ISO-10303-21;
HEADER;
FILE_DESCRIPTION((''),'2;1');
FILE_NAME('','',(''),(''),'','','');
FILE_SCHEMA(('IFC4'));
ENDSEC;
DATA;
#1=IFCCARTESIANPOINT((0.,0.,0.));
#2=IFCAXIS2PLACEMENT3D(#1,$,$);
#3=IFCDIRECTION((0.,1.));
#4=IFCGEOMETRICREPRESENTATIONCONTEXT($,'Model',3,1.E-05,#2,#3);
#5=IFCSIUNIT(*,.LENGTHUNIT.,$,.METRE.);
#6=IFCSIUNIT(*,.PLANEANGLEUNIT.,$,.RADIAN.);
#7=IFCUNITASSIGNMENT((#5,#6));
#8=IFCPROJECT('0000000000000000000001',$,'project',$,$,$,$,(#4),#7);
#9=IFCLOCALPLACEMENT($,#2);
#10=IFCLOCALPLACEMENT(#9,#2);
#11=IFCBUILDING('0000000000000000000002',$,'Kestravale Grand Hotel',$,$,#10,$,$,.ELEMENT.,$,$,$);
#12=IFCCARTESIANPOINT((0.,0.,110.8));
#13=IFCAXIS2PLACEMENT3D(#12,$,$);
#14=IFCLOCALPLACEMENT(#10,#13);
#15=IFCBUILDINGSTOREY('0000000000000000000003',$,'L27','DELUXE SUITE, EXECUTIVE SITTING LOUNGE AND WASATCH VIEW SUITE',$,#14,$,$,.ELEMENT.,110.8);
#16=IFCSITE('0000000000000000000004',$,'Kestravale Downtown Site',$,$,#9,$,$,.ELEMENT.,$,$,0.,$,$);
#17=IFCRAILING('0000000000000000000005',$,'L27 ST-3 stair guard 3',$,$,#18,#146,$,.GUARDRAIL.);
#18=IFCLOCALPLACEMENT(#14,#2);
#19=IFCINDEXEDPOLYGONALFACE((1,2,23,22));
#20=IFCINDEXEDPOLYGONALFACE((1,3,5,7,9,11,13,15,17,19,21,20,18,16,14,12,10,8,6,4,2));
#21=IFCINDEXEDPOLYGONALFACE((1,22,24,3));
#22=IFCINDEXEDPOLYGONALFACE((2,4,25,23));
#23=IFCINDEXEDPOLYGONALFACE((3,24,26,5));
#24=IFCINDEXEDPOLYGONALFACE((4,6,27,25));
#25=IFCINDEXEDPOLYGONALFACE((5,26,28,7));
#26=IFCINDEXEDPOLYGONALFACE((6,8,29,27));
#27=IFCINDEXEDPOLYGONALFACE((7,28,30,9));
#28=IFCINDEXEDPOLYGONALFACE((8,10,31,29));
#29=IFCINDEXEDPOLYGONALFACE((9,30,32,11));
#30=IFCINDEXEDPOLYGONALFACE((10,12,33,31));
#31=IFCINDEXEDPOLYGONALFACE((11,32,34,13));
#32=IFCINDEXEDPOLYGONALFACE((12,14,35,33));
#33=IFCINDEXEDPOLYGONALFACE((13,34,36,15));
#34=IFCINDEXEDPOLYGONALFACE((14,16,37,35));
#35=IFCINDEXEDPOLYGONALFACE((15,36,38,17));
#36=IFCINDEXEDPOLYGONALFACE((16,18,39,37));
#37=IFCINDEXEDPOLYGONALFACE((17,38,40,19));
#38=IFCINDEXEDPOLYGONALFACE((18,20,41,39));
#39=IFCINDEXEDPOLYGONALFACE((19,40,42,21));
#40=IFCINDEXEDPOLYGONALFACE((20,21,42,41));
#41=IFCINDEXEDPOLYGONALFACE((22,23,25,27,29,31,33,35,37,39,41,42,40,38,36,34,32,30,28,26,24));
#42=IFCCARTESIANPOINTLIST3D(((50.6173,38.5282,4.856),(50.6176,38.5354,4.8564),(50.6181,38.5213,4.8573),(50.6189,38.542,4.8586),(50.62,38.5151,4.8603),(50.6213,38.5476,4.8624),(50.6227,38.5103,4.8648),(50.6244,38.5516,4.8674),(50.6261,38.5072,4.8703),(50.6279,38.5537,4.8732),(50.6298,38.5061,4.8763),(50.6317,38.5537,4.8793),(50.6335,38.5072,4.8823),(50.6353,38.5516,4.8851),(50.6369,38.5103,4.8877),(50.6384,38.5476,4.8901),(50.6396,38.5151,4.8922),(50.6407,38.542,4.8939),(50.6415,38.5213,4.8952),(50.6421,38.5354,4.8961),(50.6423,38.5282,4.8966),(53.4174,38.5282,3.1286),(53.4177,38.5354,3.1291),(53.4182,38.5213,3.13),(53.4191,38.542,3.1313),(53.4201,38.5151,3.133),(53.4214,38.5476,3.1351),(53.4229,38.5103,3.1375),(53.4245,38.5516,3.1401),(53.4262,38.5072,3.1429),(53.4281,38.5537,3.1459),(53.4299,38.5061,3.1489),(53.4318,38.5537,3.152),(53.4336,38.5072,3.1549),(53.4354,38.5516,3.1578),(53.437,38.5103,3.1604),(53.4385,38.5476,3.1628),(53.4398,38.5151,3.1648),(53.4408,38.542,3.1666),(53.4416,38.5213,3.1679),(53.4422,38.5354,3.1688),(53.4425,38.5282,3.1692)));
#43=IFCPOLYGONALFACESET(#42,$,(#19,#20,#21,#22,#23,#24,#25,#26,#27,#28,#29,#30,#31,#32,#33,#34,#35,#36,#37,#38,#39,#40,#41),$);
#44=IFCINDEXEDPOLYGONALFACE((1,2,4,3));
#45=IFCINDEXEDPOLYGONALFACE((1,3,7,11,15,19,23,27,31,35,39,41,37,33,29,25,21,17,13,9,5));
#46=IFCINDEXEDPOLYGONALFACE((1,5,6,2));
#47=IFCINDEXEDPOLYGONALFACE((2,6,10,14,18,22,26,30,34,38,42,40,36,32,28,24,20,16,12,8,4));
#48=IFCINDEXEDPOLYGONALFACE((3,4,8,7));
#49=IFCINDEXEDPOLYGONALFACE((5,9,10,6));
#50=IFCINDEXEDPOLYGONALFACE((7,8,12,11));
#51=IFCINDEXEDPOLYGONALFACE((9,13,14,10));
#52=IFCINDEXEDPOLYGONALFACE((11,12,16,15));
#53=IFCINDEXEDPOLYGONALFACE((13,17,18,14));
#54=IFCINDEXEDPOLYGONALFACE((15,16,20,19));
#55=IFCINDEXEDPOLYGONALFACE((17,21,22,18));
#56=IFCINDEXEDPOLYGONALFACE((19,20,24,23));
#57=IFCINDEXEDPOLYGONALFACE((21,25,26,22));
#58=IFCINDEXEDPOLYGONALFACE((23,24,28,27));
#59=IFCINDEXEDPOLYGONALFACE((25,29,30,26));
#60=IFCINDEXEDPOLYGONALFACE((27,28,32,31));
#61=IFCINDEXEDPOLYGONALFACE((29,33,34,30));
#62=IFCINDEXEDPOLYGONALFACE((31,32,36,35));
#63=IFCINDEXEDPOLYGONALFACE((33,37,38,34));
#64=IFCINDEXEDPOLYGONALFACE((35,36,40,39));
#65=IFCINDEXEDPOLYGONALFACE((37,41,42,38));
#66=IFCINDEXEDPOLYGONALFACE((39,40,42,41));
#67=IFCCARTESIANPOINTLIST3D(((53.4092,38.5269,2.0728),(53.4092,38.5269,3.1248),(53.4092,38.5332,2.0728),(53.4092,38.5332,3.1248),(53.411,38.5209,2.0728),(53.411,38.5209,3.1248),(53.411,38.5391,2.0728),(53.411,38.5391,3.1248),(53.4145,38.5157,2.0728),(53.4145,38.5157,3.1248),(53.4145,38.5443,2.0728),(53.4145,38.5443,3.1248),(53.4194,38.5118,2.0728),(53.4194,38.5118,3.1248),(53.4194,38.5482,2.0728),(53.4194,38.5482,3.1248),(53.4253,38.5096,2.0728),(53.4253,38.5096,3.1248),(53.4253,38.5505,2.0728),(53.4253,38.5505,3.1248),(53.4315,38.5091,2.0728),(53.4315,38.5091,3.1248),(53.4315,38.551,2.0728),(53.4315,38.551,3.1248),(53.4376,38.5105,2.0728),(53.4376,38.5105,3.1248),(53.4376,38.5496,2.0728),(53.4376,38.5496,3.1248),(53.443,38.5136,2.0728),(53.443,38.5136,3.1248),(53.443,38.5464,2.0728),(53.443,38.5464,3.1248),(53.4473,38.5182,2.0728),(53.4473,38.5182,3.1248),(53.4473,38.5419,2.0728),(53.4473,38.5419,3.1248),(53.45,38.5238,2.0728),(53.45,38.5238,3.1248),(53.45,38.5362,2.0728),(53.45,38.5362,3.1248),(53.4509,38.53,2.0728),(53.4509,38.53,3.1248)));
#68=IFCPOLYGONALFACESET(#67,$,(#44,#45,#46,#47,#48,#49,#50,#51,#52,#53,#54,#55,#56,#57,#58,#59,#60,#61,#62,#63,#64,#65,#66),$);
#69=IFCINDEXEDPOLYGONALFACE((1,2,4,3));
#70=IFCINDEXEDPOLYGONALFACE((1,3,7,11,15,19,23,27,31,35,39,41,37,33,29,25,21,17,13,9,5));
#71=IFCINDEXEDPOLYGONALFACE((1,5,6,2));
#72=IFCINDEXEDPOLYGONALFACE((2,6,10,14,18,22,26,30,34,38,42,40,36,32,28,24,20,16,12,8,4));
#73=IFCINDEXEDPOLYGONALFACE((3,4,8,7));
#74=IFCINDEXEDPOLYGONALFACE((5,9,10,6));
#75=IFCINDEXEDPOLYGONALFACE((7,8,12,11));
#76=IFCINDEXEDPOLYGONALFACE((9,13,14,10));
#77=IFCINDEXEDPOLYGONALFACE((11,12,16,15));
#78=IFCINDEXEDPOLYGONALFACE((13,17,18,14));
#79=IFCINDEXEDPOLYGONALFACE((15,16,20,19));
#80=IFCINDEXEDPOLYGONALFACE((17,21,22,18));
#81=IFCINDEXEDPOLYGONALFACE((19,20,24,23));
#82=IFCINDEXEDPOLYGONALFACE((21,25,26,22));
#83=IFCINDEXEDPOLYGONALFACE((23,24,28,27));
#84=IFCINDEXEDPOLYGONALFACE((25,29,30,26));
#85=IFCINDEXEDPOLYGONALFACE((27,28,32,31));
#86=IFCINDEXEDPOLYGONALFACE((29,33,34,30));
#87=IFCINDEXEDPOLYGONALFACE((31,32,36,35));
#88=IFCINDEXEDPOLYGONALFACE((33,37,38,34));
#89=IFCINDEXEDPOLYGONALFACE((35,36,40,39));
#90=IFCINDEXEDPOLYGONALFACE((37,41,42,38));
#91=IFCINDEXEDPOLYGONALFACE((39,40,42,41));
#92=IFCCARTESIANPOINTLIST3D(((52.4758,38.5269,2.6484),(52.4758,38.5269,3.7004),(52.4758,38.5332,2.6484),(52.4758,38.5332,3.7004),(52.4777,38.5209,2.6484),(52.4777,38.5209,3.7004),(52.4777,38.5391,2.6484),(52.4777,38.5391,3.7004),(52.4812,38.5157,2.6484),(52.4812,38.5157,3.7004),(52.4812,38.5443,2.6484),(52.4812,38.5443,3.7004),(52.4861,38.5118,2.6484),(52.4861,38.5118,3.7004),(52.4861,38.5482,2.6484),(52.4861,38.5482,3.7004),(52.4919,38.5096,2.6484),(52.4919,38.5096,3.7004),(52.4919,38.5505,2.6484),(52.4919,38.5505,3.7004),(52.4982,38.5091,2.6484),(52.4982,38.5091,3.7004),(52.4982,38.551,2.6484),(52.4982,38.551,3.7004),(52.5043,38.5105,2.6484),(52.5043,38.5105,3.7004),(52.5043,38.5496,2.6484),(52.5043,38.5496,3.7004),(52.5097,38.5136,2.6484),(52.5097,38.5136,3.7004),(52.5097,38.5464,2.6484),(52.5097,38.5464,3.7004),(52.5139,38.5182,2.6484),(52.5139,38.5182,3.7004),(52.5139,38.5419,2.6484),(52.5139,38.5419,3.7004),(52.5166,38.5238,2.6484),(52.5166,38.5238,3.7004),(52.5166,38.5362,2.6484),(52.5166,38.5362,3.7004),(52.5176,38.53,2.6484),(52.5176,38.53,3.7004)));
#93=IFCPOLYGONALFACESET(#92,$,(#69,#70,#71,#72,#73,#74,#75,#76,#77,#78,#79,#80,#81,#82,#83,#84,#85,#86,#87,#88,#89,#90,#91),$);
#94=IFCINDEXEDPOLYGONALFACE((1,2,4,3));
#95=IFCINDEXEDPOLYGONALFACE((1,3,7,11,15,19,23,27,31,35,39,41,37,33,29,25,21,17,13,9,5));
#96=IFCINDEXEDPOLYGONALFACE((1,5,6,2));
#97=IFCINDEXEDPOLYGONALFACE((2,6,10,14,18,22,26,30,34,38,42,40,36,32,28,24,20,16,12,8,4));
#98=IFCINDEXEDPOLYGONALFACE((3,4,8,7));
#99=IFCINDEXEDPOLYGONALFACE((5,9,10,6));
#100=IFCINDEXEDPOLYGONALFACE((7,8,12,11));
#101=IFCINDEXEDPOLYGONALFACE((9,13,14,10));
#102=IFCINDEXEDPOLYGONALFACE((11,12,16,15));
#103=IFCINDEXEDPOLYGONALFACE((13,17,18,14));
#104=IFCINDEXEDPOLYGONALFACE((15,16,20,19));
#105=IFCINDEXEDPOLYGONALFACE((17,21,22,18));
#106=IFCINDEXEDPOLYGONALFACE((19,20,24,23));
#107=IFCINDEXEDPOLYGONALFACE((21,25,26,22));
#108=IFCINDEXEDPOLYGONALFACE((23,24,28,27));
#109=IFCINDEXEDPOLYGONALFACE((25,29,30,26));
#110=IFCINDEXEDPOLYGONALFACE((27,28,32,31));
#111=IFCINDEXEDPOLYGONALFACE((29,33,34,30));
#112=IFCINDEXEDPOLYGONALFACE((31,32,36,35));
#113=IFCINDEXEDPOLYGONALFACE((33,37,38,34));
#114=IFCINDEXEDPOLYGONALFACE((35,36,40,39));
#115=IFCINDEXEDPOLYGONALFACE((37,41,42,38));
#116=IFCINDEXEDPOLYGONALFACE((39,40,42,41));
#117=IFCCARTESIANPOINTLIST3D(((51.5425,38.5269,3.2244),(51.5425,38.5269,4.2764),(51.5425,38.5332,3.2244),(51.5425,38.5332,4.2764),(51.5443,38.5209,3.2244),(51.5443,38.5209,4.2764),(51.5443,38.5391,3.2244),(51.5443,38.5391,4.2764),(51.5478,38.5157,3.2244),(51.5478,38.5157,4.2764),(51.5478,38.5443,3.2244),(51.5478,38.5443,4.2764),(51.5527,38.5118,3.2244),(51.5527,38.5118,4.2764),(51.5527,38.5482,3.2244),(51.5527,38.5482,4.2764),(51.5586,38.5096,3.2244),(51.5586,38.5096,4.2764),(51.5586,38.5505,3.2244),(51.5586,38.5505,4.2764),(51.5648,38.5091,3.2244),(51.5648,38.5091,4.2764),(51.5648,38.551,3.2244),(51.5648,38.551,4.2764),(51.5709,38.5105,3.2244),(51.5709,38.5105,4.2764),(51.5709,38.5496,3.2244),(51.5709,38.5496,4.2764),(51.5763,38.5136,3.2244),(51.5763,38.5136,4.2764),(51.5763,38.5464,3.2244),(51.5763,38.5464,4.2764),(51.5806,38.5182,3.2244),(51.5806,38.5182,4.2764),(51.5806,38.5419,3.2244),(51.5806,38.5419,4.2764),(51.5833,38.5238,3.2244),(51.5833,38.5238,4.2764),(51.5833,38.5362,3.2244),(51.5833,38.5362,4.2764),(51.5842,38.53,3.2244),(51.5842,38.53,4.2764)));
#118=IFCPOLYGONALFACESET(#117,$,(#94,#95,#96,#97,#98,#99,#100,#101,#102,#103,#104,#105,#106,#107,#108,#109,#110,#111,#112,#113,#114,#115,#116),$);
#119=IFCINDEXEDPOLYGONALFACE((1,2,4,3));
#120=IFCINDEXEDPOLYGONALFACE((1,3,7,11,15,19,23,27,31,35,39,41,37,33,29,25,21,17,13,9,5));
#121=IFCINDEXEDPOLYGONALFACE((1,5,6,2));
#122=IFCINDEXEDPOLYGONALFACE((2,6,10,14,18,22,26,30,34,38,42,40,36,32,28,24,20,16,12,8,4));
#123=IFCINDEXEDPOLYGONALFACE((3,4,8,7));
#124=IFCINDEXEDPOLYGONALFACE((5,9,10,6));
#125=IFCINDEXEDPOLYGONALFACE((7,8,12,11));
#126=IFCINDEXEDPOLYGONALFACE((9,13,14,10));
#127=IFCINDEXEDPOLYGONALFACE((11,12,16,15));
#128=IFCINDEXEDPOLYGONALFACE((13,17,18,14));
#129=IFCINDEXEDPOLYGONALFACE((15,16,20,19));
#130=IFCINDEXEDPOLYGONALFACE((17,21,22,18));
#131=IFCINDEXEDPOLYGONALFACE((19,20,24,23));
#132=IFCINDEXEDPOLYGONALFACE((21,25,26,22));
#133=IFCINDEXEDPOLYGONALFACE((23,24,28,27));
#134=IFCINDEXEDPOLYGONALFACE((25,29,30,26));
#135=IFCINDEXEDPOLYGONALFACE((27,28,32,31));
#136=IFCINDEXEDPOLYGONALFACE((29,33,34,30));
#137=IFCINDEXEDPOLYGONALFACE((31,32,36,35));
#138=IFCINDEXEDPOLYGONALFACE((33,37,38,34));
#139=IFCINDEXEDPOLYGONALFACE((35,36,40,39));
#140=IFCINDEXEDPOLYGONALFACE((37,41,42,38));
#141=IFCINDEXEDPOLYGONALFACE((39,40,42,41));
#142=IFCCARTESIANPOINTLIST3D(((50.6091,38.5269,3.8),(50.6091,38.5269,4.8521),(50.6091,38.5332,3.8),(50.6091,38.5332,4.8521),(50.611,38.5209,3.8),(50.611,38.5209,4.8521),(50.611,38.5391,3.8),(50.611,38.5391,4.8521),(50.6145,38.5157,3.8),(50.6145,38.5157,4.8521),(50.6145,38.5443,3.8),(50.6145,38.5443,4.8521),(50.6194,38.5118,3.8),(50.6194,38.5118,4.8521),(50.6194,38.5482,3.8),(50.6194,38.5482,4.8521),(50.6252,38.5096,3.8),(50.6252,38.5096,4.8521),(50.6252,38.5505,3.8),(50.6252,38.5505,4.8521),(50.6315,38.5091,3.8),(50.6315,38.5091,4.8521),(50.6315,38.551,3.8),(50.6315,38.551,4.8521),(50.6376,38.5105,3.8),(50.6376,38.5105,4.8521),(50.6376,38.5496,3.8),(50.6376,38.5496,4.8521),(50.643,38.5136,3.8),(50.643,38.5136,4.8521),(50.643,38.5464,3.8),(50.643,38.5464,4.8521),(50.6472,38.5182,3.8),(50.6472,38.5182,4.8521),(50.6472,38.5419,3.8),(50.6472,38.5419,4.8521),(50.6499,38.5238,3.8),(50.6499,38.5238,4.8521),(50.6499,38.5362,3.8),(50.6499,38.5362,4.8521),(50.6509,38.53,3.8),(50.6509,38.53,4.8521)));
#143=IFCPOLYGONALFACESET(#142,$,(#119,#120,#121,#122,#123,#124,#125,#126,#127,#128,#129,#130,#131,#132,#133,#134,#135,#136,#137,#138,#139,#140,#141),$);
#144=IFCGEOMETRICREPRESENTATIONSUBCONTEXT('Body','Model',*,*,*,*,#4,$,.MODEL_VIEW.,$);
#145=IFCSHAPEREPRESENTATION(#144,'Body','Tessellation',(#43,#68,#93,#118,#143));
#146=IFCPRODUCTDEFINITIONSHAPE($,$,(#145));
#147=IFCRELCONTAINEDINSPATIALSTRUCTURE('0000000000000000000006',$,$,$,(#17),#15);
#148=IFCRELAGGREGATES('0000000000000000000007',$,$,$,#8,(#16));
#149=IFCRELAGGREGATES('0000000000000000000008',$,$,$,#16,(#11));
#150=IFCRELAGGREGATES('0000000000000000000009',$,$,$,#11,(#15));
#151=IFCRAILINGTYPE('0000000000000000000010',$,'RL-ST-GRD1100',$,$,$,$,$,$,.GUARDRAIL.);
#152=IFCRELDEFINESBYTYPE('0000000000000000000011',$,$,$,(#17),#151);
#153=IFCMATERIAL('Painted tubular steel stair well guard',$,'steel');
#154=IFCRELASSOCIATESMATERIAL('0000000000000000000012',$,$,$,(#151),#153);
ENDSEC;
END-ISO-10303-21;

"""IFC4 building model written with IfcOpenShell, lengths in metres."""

from ifc_helpers import new_model, si_unit, direction, frame, origin, origin_2d, place, context, subcontext, project, spatial, circle, extrude, material, type_object, element, save


model = new_model("IFC4")

# Units and contexts
model_context = context("Model", 3, precision=1e-05, world=origin(), true_north=direction((0.0, 1.0)))
body_context = subcontext(model_context, "Body", "Model", "MODEL_VIEW")
ifc_project = project(units=[si_unit("LENGTHUNIT", "METRE"), si_unit("PLANEANGLEUNIT", "RADIAN")], contexts=[model_context])

# Site, building, storey
site_placement = place(None, origin())
site = spatial("IfcSite", under=ifc_project, at=site_placement, Name="Kestravale Downtown Site", CompositionType="ELEMENT", RefElevation=0.0)
building_placement = place(site_placement, origin())
building = spatial("IfcBuilding", under=site, at=building_placement, Name="Kestravale Grand Hotel", CompositionType="ELEMENT")
storey_placement = place(building_placement, frame((0.0, 0.0, 110.8)))
storey = spatial("IfcBuildingStorey", under=building, at=storey_placement, Name="L27", Description="DELUXE SUITE, EXECUTIVE SITTING LOUNGE AND WASATCH VIEW SUITE", CompositionType="ELEMENT", Elevation=110.8)

# Railing
ifc_material_1 = material(Name="Painted tubular steel stair well guard", Category="steel")
railing_type_1 = type_object("IfcRailingType", Name="RL-ST-GRD1100", PredefinedType="GUARDRAIL", material=ifc_material_1)
railing_1_placement = place(storey_placement, frame((53.4299, 38.53, 2.0728)))
element("IfcRailing", 1, at=railing_1_placement, inside=storey, type_object=railing_type_1, Name="L27 ST-3 stair guard 3", PredefinedType="GUARDRAIL", context=body_context, shape_type="SweptSolid", body=[
    extrude(circle(Radius=0.0239, at=origin_2d()), frame((0.0, 0.0, 1.0762), z_axis=(-0.85109, 0.0, 0.52502), x_axis=(0.0, -1.0, 0.0)), (0.0, 0.0, 1.0), 3.29),
    extrude(circle(Radius=0.021, at=origin_2d()), origin(), (0.0, 0.0, 1.0), 1.052),
    extrude(circle(Radius=0.021, at=origin_2d()), frame((-0.9333, 0.0, 0.5757)), (0.0, 0.0, 1.0), 1.052),
    extrude(circle(Radius=0.021, at=origin_2d()), frame((-1.8667, 0.0, 1.1516)), (0.0, 0.0, 1.0), 1.052),
    extrude(circle(Radius=0.021, at=origin_2d()), frame((-2.8, 0.0, 1.7273)), (0.0, 0.0, 1.0), 1.052),
])

save(model, "model.ifc")
